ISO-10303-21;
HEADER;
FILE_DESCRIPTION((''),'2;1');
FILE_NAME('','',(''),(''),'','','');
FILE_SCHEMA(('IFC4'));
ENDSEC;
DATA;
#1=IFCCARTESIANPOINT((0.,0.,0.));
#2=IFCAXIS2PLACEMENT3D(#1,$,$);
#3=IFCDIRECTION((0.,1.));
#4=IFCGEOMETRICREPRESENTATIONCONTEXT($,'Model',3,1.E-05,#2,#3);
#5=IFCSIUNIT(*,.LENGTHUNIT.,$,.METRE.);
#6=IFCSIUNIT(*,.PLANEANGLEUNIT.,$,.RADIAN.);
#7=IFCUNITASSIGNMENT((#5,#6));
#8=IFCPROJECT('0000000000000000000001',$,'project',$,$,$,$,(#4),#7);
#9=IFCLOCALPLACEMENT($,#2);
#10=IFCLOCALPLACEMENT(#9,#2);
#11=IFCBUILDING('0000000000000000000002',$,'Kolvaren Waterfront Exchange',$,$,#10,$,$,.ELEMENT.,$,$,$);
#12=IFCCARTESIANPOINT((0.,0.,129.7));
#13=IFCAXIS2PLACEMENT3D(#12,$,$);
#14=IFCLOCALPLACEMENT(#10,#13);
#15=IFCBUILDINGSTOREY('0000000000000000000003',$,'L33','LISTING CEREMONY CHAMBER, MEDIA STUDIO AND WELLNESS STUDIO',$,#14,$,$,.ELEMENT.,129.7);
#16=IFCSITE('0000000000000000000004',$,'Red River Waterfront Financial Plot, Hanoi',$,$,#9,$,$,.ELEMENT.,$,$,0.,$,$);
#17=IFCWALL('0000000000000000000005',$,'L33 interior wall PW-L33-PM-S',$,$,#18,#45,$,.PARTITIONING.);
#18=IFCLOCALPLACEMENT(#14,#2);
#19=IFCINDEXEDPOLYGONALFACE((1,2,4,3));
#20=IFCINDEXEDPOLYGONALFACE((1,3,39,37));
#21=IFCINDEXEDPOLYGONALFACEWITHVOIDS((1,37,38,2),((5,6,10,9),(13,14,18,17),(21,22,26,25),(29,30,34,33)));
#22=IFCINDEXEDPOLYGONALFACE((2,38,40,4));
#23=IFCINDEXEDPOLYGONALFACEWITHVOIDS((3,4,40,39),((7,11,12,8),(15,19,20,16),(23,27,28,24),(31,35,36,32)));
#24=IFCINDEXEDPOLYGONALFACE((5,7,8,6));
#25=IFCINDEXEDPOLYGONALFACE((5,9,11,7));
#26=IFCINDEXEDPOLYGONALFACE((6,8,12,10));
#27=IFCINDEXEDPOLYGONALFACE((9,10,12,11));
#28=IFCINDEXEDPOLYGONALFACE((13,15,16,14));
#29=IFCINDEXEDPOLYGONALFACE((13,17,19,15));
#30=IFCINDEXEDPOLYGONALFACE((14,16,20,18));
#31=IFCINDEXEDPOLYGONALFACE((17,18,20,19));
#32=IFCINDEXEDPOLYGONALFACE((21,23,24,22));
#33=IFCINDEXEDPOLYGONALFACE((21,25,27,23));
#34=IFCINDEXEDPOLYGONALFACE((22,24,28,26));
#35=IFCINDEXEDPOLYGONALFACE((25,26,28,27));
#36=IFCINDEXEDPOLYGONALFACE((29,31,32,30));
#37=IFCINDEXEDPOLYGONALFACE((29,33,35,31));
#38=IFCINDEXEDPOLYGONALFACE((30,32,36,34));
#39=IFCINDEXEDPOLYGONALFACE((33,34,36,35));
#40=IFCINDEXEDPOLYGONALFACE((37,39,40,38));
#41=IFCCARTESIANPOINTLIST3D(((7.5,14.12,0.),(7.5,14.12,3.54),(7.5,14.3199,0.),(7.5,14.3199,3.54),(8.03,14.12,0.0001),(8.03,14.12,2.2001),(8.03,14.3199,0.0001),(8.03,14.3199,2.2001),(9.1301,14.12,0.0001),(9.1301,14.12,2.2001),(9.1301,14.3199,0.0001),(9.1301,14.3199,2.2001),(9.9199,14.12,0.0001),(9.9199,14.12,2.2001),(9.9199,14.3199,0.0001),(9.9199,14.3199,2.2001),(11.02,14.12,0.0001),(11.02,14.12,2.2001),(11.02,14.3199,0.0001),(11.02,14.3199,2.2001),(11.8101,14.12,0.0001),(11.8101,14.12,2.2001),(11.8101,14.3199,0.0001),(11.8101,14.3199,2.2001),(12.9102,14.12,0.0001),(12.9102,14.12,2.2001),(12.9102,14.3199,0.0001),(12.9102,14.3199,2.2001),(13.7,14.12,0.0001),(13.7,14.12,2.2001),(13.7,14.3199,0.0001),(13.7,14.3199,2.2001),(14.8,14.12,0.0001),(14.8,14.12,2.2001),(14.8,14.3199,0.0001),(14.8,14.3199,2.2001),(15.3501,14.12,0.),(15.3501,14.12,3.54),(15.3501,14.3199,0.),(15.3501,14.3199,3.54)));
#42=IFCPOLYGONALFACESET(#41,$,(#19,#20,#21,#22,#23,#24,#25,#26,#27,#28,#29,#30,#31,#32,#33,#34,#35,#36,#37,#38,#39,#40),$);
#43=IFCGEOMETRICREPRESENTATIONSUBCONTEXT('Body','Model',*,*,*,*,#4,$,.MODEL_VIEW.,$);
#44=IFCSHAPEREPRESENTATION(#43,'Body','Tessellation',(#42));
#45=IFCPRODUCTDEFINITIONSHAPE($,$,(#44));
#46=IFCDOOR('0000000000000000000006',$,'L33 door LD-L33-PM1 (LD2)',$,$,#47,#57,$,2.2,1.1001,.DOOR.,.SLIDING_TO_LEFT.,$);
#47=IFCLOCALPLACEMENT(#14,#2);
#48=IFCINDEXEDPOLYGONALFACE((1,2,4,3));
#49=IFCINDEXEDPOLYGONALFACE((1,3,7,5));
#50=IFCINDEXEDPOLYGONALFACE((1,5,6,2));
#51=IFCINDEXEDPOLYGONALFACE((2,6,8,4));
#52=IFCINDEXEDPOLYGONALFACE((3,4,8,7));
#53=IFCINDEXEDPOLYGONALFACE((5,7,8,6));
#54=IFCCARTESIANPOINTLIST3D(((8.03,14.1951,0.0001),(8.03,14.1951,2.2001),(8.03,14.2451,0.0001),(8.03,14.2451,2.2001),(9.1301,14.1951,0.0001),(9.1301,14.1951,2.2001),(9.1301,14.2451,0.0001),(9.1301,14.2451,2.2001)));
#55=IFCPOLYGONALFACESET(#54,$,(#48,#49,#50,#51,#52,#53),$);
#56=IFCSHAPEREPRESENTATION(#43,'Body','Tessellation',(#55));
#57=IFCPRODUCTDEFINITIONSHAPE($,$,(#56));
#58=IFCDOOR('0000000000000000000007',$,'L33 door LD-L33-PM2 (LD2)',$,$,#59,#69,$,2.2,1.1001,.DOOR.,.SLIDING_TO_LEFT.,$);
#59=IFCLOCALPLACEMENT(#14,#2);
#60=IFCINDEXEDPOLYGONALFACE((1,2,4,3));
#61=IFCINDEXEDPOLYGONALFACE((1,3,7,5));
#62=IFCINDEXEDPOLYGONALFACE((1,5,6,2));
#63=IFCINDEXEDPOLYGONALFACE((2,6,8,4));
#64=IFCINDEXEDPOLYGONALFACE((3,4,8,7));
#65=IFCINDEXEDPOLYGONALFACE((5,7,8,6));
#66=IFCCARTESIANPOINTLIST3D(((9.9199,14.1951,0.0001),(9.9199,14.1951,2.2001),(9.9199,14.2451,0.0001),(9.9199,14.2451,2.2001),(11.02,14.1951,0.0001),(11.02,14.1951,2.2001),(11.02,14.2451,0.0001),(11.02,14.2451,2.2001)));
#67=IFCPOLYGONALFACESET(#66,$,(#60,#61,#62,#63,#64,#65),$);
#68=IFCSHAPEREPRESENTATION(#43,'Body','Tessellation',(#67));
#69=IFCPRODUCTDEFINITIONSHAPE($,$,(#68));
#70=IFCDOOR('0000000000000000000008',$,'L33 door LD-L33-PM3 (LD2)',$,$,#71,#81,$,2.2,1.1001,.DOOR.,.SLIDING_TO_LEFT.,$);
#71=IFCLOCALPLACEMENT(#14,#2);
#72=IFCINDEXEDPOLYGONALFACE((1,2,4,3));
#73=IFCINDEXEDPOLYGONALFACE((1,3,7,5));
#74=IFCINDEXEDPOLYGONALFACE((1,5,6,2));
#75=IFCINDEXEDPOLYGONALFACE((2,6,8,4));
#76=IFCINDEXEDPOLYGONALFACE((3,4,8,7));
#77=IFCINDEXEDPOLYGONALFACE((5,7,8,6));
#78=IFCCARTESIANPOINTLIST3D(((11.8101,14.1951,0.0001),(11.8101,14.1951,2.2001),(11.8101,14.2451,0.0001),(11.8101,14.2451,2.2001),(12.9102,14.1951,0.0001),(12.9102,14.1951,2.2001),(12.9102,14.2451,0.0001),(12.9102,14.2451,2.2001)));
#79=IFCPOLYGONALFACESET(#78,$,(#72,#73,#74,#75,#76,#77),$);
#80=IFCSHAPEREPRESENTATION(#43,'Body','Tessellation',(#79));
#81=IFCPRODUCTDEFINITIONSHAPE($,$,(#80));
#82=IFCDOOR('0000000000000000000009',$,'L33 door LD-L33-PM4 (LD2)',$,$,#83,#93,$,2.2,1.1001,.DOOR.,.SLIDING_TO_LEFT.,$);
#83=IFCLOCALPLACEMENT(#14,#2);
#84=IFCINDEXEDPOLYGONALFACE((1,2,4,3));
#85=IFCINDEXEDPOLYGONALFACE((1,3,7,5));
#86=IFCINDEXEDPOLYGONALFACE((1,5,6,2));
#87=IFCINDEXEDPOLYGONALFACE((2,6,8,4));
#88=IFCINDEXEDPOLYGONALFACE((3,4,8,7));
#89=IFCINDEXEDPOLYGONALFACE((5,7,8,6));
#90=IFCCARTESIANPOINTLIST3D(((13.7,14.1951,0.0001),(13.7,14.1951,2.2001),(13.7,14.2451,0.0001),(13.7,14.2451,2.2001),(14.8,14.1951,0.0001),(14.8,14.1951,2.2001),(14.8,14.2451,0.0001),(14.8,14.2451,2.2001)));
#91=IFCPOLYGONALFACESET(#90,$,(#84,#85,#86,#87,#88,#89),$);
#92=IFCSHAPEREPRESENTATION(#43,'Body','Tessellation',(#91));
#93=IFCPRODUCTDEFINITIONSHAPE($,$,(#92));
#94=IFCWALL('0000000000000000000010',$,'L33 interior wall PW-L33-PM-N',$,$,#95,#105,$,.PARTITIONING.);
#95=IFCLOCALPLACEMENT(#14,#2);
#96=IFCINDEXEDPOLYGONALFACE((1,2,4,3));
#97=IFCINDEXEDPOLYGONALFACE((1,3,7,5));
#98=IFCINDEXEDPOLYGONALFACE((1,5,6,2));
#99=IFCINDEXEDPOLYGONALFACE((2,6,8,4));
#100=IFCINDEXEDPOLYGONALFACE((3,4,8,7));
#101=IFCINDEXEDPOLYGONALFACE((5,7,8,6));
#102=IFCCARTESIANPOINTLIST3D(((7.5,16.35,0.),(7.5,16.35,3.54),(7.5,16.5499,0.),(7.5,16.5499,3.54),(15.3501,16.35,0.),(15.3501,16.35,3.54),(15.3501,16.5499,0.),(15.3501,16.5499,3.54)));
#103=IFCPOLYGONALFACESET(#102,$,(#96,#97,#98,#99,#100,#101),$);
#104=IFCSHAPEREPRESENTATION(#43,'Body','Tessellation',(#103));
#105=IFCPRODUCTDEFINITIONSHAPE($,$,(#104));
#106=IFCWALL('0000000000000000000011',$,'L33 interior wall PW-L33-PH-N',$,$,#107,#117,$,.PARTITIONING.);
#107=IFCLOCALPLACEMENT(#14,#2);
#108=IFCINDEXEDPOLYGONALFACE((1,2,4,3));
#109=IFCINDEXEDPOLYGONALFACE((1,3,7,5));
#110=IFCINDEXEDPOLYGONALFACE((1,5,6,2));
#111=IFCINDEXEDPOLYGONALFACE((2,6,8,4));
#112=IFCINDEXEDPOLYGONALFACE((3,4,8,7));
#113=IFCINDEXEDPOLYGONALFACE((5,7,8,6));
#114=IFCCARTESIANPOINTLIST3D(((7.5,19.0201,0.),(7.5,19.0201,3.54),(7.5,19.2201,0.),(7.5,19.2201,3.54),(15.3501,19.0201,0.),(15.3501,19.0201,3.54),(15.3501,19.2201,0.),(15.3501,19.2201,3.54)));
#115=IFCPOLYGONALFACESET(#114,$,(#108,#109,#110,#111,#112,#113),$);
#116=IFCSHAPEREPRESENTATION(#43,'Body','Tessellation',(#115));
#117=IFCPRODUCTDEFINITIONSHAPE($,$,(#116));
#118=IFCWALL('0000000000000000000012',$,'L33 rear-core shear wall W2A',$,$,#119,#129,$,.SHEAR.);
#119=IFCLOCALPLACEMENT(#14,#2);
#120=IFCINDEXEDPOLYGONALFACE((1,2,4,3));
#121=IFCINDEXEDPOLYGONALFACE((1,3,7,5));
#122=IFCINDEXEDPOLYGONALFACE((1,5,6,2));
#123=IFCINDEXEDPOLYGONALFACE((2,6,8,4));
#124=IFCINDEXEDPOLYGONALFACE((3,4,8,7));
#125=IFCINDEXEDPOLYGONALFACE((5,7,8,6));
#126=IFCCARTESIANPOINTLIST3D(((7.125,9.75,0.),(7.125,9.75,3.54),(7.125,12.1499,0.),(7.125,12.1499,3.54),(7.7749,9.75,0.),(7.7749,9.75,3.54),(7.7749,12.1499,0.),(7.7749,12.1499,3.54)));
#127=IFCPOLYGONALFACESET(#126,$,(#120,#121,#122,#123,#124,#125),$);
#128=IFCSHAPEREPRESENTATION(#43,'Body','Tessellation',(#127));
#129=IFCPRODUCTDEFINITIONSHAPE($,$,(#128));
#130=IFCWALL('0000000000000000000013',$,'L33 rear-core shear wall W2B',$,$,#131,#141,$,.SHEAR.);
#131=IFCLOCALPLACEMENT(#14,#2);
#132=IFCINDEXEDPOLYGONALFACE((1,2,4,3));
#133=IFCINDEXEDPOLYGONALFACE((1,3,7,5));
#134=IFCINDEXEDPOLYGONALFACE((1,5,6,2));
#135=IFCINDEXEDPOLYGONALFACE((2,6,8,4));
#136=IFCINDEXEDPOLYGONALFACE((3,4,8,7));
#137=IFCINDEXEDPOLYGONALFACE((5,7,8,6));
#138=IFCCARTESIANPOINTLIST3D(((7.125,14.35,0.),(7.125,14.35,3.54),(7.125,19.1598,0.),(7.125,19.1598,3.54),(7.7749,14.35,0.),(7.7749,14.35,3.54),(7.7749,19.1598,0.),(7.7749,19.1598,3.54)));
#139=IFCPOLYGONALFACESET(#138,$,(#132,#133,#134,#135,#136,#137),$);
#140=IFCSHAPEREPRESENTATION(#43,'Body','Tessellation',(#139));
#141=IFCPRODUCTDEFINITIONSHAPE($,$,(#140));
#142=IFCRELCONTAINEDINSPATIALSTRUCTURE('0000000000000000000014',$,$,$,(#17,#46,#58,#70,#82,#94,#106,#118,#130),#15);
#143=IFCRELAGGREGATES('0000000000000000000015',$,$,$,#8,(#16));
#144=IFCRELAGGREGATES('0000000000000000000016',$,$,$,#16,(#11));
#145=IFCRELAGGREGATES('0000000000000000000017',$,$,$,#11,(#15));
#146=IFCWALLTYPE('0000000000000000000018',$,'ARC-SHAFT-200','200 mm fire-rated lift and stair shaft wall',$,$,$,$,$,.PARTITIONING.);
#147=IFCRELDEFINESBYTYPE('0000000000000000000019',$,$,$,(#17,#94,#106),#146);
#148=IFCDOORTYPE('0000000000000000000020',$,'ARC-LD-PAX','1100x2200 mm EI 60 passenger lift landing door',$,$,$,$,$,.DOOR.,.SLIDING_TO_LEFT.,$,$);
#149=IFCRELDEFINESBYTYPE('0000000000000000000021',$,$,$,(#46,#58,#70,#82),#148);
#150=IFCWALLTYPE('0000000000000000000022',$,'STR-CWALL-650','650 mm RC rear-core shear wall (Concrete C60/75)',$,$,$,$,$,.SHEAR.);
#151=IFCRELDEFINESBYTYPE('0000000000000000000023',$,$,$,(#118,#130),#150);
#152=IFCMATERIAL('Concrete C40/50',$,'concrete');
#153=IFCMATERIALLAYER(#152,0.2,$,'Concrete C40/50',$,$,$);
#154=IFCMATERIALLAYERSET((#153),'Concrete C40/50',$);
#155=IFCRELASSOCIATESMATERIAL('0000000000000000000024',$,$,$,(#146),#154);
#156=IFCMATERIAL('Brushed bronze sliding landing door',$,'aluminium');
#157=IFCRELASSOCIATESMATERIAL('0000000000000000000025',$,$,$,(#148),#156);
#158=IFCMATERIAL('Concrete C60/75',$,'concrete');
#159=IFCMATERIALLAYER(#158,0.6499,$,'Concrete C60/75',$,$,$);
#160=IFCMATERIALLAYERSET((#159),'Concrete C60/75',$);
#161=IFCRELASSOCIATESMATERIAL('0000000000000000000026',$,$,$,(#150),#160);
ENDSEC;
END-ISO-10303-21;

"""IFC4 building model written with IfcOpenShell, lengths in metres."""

from ifc_helpers import new_model, si_unit, direction, frame, frame_2d, origin, place, context, subcontext, project, spatial, rectangle, extrude, material, layer, layer_set, type_object, element, fill, save


model = new_model("IFC4")

# Units and contexts
model_context = context("Model", 3, precision=1e-05, world=origin(), true_north=direction((0.0, 1.0)))
body_context = subcontext(model_context, "Body", "Model", "MODEL_VIEW")
ifc_project = project(units=[si_unit("LENGTHUNIT", "METRE"), si_unit("PLANEANGLEUNIT", "RADIAN")], contexts=[model_context])

# Site, building, storey
site_placement = place(None, origin())
site = spatial("IfcSite", under=ifc_project, at=site_placement, Name="Red River Waterfront Financial Plot, Hanoi", CompositionType="ELEMENT", RefElevation=0.0)
building_placement = place(site_placement, origin())
building = spatial("IfcBuilding", under=site, at=building_placement, Name="Kolvaren Waterfront Exchange", CompositionType="ELEMENT")
storey_placement = place(building_placement, frame((0.0, 0.0, 129.7)))
storey = spatial("IfcBuildingStorey", under=building, at=storey_placement, Name="L33", Description="LISTING CEREMONY CHAMBER, MEDIA STUDIO AND WELLNESS STUDIO", CompositionType="ELEMENT", Elevation=129.7)

# Shared definitions
ifc_material_1 = material(Name="Concrete C60/75", Category="concrete")

# Wall, openings, doors
ifc_material_2 = material(Name="Concrete C40/50", Category="concrete")
ifc_layer_1 = layer(ifc_material_2, 0.2, Name="Concrete C40/50")
ifc_layer_set_1 = layer_set([ifc_layer_1], Name="Concrete C40/50")
wall_type_1 = type_object("IfcWallType", Name="ARC-SHAFT-200", Description="200 mm fire-rated lift and stair shaft wall", PredefinedType="PARTITIONING", material=ifc_layer_set_1)
wall_1_placement = place(storey_placement, frame((7.5, 14.22, 0.0), z_axis=(0.0, 0.0, 1.0), x_axis=(1.0, 0.0, 0.0)))
wall_1 = element("IfcWall", 1, at=wall_1_placement, inside=storey, type_object=wall_type_1, Name="L33 interior wall PW-L33-PM-S", PredefinedType="PARTITIONING", context=body_context, shape_type="SweptSolid", body=[
    extrude(rectangle(XDim=7.8501, YDim=0.2, at=frame_2d((3.925, 0.0))), origin(), (0.0, 0.0, 1.0), 3.54),
])
opening_1_placement = place(wall_1_placement, frame((0.53, 0.0, 0.0)))
opening_1 = element("IfcOpeningElement", 2, at=opening_1_placement, cuts=wall_1, PredefinedType="OPENING", context=body_context, shape_type="SweptSolid", body=[
    extrude(rectangle(XDim=1.1001, YDim=2.2, at=frame_2d((0.55, 1.1001))), frame((0.0, 0.1099, 0.0), z_axis=(0.0, -1.0, 0.0), x_axis=(1.0, 0.0, 0.0)), (0.0, 0.0, 1.0), 0.22),
])
opening_2_placement = place(wall_1_placement, frame((2.4199, 0.0, 0.0)))
opening_2 = element("IfcOpeningElement", 3, at=opening_2_placement, cuts=wall_1, PredefinedType="OPENING", context=body_context, shape_type="SweptSolid", body=[
    extrude(rectangle(XDim=1.1001, YDim=2.2, at=frame_2d((0.55, 1.1001))), frame((0.0, 0.1099, 0.0), z_axis=(0.0, -1.0, 0.0), x_axis=(1.0, 0.0, 0.0)), (0.0, 0.0, 1.0), 0.22),
])
opening_3_placement = place(wall_1_placement, frame((4.3101, 0.0, 0.0)))
opening_3 = element("IfcOpeningElement", 4, at=opening_3_placement, cuts=wall_1, PredefinedType="OPENING", context=body_context, shape_type="SweptSolid", body=[
    extrude(rectangle(XDim=1.1001, YDim=2.2, at=frame_2d((0.55, 1.1001))), frame((0.0, 0.1099, 0.0), z_axis=(0.0, -1.0, 0.0), x_axis=(1.0, 0.0, 0.0)), (0.0, 0.0, 1.0), 0.22),
])
opening_4_placement = place(wall_1_placement, frame((6.2, 0.0, 0.0)))
opening_4 = element("IfcOpeningElement", 5, at=opening_4_placement, cuts=wall_1, PredefinedType="OPENING", context=body_context, shape_type="SweptSolid", body=[
    extrude(rectangle(XDim=1.1001, YDim=2.2, at=frame_2d((0.55, 1.1001))), frame((0.0, 0.1099, 0.0), z_axis=(0.0, -1.0, 0.0), x_axis=(1.0, 0.0, 0.0)), (0.0, 0.0, 1.0), 0.22),
])
ifc_material_3 = material(Name="Brushed bronze sliding landing door", Category="aluminium")
door_type_1 = type_object("IfcDoorType", Name="ARC-LD-PAX", Description="1100x2200 mm EI 60 passenger lift landing door", OperationType="SLIDING_TO_LEFT", PredefinedType="DOOR", material=ifc_material_3)
door_1_placement = place(opening_1_placement, frame((1.1001, 0.0, 0.0), z_axis=(0.0, 0.0, 1.0), x_axis=(-1.0, 0.0, 0.0)))
door_1 = element("IfcDoor", 6, at=door_1_placement, inside=storey, type_object=door_type_1, Name="L33 door LD-L33-PM1 (LD2)", OperationType="SLIDING_TO_LEFT", OverallHeight=2.2, OverallWidth=1.1001, PredefinedType="DOOR", context=body_context, shape_type="SweptSolid", body=[
    extrude(rectangle(XDim=1.1001, YDim=2.2, at=frame_2d((0.55, 1.1001))), frame((0.0, 0.0249, 0.0), z_axis=(0.0, -1.0, 0.0), x_axis=(1.0, 0.0, 0.0)), (0.0, 0.0, 1.0), 0.05),
])
fill(opening_1, door_1)
door_2_placement = place(opening_2_placement, frame((1.1001, 0.0, 0.0), z_axis=(0.0, 0.0, 1.0), x_axis=(-1.0, 0.0, 0.0)))
door_2 = element("IfcDoor", 7, at=door_2_placement, inside=storey, type_object=door_type_1, Name="L33 door LD-L33-PM2 (LD2)", OperationType="SLIDING_TO_LEFT", OverallHeight=2.2, OverallWidth=1.1001, PredefinedType="DOOR", context=body_context, shape_type="SweptSolid", body=[
    extrude(rectangle(XDim=1.1001, YDim=2.2, at=frame_2d((0.55, 1.1001))), frame((0.0, 0.0249, 0.0), z_axis=(0.0, -1.0, 0.0), x_axis=(1.0, 0.0, 0.0)), (0.0, 0.0, 1.0), 0.05),
])
fill(opening_2, door_2)
door_3_placement = place(opening_3_placement, frame((1.1001, 0.0, 0.0), z_axis=(0.0, 0.0, 1.0), x_axis=(-1.0, 0.0, 0.0)))
door_3 = element("IfcDoor", 8, at=door_3_placement, inside=storey, type_object=door_type_1, Name="L33 door LD-L33-PM3 (LD2)", OperationType="SLIDING_TO_LEFT", OverallHeight=2.2, OverallWidth=1.1001, PredefinedType="DOOR", context=body_context, shape_type="SweptSolid", body=[
    extrude(rectangle(XDim=1.1001, YDim=2.2, at=frame_2d((0.55, 1.1001))), frame((0.0, 0.0249, 0.0), z_axis=(0.0, -1.0, 0.0), x_axis=(1.0, 0.0, 0.0)), (0.0, 0.0, 1.0), 0.05),
])
fill(opening_3, door_3)
door_4_placement = place(opening_4_placement, frame((1.1001, 0.0, 0.0), z_axis=(0.0, 0.0, 1.0), x_axis=(-1.0, 0.0, 0.0)))
door_4 = element("IfcDoor", 9, at=door_4_placement, inside=storey, type_object=door_type_1, Name="L33 door LD-L33-PM4 (LD2)", OperationType="SLIDING_TO_LEFT", OverallHeight=2.2, OverallWidth=1.1001, PredefinedType="DOOR", context=body_context, shape_type="SweptSolid", body=[
    extrude(rectangle(XDim=1.1001, YDim=2.2, at=frame_2d((0.55, 1.1001))), frame((0.0, 0.0249, 0.0), z_axis=(0.0, -1.0, 0.0), x_axis=(1.0, 0.0, 0.0)), (0.0, 0.0, 1.0), 0.05),
])
fill(opening_4, door_4)

# Walls
for number, where, z_axis, x_axis, name in (
    (10, (7.5, 16.45, 0.0), (0.0, 0.0, 1.0), (1.0, 0.0, 0.0), "L33 interior wall PW-L33-PM-N"),
    (11, (7.5, 19.1201, 0.0), (0.0, 0.0, 1.0), (1.0, 0.0, 0.0), "L33 interior wall PW-L33-PH-N"),
):
    element("IfcWall", number, at=place(storey_placement, frame(where, z_axis=z_axis, x_axis=x_axis)), inside=storey, type_object=wall_type_1, Name=name, PredefinedType="PARTITIONING", context=body_context, shape_type="SweptSolid", body=[
        extrude(rectangle(XDim=7.8501, YDim=0.2, at=frame_2d((3.925, 0.0))), origin(), (0.0, 0.0, 1.0), 3.54),
    ])
ifc_layer_2 = layer(ifc_material_1, 0.6499, Name="Concrete C60/75")
ifc_layer_set_2 = layer_set([ifc_layer_2], Name="Concrete C60/75")
wall_type_2 = type_object("IfcWallType", Name="STR-CWALL-650", Description="650 mm RC rear-core shear wall (Concrete C60/75)", PredefinedType="SHEAR", material=ifc_layer_set_2)
wall_2_placement = place(storey_placement, frame((7.45, 9.75, 0.0), z_axis=(0.0, 0.0, 1.0), x_axis=(0.0, 1.0, 0.0)))
element("IfcWall", 12, at=wall_2_placement, inside=storey, type_object=wall_type_2, Name="L33 rear-core shear wall W2A", PredefinedType="SHEAR", context=body_context, shape_type="SweptSolid", body=[
    extrude(rectangle(XDim=2.3999, YDim=0.6499, at=frame_2d((1.2, 0.0))), origin(), (0.0, 0.0, 1.0), 3.54),
])
wall_3_placement = place(storey_placement, frame((7.45, 14.3501, 0.0), z_axis=(0.0, 0.0, 1.0), x_axis=(0.0, 1.0, 0.0)))
element("IfcWall", 13, at=wall_3_placement, inside=storey, type_object=wall_type_2, Name="L33 rear-core shear wall W2B", PredefinedType="SHEAR", context=body_context, shape_type="SweptSolid", body=[
    extrude(rectangle(XDim=4.8098, YDim=0.6499, at=frame_2d((2.4048, 0.0))), origin(), (0.0, 0.0, 1.0), 3.54),
])

save(model, "model.ifc")
